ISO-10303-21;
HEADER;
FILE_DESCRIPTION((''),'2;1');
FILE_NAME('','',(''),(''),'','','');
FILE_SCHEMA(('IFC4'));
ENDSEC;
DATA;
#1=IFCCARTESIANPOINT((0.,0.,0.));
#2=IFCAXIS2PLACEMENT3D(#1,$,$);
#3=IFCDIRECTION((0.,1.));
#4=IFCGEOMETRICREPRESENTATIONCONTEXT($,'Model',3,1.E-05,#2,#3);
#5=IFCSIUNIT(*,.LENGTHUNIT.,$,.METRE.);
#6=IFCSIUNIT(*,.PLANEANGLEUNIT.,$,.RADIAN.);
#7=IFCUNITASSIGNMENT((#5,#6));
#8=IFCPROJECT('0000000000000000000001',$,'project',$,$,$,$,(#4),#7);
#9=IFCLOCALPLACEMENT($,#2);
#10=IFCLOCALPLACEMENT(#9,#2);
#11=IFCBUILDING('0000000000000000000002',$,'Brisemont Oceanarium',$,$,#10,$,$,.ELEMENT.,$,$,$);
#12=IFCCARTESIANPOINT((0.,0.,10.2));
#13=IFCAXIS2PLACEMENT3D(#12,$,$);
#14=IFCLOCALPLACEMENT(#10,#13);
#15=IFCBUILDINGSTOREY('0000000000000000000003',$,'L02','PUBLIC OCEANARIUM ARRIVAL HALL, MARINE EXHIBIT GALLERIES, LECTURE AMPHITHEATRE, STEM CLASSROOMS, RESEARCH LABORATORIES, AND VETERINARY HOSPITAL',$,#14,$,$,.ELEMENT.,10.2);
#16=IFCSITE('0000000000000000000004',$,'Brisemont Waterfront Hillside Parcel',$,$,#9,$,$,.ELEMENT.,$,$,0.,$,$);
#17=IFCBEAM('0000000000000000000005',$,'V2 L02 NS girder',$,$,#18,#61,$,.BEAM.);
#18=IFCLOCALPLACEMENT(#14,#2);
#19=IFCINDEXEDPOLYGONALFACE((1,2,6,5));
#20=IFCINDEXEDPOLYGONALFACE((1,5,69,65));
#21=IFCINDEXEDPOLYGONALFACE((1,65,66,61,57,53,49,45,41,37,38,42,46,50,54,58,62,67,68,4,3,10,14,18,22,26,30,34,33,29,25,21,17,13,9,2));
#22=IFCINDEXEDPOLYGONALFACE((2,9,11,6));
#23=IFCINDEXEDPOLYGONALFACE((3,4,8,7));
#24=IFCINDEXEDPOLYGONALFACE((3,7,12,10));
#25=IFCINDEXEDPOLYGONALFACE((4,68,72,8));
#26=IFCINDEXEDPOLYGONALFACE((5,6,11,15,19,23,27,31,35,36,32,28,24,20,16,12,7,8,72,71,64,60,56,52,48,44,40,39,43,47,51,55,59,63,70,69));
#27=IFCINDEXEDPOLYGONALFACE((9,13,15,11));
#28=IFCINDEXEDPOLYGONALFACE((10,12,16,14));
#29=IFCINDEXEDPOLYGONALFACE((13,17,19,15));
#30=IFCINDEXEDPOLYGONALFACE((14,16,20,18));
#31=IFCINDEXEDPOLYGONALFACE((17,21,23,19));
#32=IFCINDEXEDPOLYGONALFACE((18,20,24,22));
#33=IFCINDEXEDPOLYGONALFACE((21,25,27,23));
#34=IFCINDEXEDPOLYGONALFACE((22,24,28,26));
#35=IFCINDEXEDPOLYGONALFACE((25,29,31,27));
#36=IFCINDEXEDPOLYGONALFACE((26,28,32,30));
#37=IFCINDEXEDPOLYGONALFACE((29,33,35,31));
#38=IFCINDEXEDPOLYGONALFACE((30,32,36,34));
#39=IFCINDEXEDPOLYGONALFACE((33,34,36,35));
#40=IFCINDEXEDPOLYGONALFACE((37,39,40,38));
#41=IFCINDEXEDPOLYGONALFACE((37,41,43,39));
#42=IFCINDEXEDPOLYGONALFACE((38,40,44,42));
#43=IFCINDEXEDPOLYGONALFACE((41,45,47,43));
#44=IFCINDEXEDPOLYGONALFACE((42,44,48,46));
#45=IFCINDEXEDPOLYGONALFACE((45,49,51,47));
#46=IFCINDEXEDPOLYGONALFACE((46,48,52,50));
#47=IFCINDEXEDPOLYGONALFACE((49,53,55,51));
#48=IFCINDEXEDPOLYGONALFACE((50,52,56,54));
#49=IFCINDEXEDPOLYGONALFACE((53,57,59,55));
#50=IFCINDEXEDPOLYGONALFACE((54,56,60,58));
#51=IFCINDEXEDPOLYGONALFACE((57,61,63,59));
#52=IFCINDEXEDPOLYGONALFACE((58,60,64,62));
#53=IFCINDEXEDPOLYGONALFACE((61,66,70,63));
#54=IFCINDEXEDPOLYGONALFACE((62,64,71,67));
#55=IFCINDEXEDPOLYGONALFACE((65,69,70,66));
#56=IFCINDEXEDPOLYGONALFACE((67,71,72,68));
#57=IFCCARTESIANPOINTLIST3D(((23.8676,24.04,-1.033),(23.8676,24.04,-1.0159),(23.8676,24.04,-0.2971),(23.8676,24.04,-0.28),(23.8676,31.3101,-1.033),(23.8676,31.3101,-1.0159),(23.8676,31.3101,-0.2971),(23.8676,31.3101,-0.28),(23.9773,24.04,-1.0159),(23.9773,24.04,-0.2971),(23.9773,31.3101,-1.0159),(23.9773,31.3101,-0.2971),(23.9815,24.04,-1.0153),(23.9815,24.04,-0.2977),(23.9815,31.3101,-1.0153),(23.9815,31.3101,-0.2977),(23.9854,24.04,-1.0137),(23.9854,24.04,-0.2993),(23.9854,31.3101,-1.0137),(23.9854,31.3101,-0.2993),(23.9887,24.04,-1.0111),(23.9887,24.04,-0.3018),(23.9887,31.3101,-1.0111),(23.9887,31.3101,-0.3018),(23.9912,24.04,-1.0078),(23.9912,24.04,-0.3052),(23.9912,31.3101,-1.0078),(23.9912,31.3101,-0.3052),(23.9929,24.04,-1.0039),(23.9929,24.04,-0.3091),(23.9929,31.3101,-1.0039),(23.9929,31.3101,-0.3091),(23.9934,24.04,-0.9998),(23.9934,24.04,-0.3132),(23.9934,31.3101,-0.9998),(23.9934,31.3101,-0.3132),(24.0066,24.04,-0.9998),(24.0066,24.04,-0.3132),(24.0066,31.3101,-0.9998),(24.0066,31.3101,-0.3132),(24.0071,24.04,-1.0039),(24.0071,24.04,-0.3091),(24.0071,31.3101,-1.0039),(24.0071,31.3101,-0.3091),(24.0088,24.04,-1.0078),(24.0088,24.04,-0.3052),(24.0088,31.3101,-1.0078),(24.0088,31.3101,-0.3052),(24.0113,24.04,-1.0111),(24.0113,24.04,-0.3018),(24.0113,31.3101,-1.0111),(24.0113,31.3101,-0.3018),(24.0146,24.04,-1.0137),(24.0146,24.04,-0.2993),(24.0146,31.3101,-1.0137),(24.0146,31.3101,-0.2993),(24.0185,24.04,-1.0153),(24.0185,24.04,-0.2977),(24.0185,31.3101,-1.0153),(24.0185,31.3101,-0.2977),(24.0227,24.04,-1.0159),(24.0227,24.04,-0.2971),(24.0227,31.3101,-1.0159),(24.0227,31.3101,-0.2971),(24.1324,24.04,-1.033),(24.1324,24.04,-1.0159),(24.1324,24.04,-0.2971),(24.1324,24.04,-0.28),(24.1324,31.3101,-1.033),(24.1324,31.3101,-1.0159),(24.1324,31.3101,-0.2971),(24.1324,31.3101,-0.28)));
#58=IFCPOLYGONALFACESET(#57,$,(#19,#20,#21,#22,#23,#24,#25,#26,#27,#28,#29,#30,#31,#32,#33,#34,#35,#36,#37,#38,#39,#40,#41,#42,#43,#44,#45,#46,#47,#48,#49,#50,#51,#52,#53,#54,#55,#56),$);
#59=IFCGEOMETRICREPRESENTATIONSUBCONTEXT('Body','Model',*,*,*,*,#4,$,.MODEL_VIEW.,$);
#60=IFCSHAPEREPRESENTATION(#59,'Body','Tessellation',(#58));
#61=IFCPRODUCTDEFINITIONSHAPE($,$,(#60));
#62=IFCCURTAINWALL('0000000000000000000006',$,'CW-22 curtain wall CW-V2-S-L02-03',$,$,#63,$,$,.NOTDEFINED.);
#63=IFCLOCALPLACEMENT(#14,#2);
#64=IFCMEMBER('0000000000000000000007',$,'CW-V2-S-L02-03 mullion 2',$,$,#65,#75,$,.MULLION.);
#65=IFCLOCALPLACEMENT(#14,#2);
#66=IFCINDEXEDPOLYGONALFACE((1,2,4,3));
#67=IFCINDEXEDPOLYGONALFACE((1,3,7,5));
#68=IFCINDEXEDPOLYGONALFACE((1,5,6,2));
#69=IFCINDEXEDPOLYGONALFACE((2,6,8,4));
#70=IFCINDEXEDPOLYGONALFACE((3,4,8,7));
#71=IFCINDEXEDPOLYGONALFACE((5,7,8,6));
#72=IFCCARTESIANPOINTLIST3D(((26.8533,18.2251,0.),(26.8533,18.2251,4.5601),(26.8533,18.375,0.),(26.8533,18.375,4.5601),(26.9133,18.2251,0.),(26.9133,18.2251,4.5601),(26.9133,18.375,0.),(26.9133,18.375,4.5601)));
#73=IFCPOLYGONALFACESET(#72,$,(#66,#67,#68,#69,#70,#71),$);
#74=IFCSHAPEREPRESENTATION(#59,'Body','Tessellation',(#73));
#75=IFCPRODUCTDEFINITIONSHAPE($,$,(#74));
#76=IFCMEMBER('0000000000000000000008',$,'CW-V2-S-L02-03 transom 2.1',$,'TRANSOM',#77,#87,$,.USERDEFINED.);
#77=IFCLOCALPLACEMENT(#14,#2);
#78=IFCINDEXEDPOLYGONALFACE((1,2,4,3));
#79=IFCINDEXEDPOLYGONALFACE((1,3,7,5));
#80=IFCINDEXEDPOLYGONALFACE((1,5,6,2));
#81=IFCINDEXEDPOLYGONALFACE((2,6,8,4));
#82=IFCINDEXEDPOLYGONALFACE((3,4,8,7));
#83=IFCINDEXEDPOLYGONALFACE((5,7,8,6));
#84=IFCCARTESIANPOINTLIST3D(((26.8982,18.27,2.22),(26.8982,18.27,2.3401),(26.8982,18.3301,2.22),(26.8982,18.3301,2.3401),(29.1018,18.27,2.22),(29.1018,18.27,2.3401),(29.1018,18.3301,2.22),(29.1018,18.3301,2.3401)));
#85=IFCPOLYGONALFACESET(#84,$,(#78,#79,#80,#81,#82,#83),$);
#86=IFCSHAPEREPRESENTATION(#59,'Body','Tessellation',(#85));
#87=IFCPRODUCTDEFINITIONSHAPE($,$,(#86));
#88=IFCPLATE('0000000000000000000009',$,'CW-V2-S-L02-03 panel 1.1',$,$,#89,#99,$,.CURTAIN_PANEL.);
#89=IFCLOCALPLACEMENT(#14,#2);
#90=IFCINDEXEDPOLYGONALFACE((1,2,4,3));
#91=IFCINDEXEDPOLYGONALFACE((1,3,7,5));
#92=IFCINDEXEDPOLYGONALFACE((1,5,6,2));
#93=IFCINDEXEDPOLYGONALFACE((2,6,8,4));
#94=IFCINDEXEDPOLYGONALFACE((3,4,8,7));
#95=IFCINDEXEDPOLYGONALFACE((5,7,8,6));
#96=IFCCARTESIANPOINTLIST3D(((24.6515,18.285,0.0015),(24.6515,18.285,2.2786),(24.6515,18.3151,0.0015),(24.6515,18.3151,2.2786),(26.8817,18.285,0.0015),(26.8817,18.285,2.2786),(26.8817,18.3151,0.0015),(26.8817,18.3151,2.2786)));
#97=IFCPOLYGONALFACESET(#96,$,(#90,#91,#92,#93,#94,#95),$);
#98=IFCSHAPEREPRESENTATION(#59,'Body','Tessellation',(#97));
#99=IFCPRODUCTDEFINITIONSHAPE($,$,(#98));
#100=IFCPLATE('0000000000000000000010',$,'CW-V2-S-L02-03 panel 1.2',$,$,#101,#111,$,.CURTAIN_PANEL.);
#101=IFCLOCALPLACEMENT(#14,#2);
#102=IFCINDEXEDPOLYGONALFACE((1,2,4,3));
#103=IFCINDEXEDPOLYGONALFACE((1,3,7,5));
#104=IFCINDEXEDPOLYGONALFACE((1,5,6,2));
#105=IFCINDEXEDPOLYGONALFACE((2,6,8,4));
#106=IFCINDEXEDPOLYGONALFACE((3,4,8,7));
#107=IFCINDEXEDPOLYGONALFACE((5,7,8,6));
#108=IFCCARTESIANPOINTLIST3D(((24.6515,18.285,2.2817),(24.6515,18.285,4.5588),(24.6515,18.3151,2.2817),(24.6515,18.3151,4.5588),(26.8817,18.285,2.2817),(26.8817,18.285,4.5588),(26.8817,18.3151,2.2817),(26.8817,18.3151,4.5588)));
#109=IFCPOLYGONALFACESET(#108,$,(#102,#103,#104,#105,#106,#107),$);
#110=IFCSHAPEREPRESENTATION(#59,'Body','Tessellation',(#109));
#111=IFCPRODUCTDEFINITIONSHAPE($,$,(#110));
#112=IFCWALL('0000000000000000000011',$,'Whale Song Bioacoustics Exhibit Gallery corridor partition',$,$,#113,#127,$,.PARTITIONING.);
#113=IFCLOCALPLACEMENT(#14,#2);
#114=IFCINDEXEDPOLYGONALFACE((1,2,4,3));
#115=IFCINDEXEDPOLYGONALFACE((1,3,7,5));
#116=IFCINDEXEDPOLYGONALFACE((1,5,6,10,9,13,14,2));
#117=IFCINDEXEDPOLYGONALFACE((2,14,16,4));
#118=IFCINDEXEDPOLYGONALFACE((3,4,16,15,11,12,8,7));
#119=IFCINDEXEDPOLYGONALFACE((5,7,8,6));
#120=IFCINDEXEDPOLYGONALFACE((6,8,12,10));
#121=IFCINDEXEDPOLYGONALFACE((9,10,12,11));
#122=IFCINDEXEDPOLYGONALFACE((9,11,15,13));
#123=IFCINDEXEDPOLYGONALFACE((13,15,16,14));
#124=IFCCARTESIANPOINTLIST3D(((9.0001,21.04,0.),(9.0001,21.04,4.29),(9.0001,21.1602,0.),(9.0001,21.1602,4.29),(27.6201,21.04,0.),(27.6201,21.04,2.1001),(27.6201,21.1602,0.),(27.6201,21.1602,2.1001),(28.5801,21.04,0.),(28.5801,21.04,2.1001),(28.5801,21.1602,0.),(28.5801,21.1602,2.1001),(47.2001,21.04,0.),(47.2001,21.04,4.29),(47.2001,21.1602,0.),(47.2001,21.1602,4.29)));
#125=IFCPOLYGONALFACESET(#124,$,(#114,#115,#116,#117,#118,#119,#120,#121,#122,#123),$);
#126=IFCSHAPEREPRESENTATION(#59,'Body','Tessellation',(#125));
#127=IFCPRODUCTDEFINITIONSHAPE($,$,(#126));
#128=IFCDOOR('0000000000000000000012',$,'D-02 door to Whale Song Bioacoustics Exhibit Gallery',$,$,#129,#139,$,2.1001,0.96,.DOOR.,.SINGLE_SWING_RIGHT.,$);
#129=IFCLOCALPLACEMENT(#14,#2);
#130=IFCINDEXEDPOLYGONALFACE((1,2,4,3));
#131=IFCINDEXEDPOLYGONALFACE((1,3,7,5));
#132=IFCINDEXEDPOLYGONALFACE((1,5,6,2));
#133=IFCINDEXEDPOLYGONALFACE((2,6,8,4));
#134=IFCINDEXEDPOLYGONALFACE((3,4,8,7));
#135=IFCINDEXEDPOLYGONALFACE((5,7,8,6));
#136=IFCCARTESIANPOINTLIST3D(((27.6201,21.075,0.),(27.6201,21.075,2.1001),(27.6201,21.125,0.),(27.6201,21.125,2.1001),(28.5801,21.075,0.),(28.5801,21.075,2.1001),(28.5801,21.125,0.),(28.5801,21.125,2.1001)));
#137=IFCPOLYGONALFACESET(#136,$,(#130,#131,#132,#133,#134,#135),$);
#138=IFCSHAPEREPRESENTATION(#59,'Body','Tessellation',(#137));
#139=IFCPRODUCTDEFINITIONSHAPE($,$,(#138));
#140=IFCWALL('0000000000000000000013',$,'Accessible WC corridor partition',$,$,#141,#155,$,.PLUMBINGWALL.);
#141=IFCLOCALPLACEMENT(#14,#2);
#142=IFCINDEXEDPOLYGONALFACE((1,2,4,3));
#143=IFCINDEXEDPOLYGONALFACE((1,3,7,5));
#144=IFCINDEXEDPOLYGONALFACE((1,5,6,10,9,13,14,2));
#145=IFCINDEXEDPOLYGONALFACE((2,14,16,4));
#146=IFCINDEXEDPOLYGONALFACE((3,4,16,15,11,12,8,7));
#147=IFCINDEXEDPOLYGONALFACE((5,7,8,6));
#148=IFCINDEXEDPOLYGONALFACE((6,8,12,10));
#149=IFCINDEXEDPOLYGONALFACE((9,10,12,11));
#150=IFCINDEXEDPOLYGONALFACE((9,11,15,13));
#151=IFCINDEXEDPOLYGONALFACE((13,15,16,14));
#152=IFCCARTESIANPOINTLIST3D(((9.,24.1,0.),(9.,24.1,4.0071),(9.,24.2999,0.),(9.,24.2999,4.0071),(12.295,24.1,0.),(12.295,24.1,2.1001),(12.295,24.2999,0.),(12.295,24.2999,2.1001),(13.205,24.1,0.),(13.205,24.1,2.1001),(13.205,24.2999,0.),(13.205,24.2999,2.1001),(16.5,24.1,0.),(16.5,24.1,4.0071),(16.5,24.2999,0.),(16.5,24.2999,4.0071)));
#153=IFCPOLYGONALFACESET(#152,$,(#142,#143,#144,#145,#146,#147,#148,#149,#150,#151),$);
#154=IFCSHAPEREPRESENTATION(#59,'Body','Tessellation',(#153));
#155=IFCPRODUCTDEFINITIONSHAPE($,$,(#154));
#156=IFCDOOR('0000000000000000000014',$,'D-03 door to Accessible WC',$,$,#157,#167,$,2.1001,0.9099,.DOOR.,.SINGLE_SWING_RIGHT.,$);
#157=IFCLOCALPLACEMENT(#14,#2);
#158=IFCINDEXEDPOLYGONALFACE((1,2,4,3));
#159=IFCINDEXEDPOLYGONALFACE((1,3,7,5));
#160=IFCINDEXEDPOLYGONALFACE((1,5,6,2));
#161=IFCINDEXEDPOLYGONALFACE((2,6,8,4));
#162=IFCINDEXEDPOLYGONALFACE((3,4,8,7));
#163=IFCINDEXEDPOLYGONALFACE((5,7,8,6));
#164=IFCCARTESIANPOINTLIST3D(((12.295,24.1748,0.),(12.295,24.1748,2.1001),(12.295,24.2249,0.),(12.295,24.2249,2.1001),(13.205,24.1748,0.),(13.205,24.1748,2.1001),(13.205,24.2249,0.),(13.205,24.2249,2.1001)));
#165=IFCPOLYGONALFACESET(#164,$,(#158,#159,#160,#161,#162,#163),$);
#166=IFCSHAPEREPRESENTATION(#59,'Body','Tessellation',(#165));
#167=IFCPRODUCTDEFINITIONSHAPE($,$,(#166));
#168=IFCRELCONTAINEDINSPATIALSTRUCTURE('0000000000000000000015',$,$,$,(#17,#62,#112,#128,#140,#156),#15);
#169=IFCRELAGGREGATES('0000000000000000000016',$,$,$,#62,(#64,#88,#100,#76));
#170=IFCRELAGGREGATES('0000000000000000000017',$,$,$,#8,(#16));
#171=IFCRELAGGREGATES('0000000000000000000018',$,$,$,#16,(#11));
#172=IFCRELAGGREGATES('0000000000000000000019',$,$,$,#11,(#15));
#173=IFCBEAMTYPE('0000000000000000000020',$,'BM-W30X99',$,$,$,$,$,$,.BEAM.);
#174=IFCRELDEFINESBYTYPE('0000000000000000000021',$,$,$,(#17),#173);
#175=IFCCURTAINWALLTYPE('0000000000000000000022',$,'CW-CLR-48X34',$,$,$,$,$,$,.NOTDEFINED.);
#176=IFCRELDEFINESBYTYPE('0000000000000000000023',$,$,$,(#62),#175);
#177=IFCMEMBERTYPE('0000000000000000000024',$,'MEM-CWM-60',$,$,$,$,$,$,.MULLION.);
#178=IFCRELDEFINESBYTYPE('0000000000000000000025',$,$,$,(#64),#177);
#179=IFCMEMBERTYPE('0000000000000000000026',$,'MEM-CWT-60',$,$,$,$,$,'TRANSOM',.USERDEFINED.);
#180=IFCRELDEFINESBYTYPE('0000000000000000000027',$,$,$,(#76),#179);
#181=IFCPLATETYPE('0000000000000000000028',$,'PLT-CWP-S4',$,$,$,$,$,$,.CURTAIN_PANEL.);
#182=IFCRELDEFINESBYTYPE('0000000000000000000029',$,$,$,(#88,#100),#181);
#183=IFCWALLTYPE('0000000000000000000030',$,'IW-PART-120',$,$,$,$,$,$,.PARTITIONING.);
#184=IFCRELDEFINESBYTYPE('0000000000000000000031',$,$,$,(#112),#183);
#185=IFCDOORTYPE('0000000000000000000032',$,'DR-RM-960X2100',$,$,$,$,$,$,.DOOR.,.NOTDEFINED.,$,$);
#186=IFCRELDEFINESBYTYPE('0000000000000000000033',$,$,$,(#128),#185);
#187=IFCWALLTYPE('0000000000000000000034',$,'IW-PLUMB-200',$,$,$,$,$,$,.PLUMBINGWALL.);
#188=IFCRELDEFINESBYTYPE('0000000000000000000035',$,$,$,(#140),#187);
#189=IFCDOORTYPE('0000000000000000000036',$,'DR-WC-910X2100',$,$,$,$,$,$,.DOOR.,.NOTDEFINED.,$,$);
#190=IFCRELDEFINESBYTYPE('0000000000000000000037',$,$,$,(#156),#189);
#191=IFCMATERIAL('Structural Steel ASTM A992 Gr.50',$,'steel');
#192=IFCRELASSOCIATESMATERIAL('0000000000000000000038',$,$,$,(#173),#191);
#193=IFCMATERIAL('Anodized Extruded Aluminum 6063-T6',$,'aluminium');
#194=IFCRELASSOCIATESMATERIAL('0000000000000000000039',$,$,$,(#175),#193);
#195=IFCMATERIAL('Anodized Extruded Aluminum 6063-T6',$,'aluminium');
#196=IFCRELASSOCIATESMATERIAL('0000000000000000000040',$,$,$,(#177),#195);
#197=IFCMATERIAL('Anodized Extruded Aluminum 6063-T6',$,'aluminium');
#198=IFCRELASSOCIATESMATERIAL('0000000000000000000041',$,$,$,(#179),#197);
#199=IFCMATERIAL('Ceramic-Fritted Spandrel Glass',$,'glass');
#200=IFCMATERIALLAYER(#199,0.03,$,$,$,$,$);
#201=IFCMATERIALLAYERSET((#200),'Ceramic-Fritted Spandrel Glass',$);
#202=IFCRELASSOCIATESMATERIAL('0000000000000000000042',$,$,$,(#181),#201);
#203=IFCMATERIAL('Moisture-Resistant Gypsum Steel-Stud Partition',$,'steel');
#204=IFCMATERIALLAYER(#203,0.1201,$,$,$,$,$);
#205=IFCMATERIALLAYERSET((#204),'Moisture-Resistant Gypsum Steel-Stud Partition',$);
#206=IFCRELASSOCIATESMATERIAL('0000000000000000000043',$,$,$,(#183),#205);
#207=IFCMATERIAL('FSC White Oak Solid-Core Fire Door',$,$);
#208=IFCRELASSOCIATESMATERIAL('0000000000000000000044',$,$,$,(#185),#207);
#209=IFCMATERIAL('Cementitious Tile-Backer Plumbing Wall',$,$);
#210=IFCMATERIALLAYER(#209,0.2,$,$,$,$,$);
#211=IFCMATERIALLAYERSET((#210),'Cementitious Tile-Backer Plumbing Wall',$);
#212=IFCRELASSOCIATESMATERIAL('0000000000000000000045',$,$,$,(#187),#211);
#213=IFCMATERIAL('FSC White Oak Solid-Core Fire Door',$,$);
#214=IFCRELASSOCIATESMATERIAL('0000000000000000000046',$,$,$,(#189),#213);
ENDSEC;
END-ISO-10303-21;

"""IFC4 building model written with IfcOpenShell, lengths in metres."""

from ifc_helpers import new_model, si_unit, direction, frame, frame_2d, origin, origin_2d, place, context, subcontext, project, spatial, rectangle, i_section, extrude, material, layer, layer_set, material_profile, profile_set, type_object, element, fill, aggregate, save


model = new_model("IFC4")

# Units and contexts
model_context = context("Model", 3, precision=1e-05, world=origin(), true_north=direction((0.0, 1.0)))
body_context = subcontext(model_context, "Body", "Model", "MODEL_VIEW")
ifc_project = project(units=[si_unit("LENGTHUNIT", "METRE"), si_unit("PLANEANGLEUNIT", "RADIAN")], contexts=[model_context])

# Site, building, storey
site_placement = place(None, origin())
site = spatial("IfcSite", under=ifc_project, at=site_placement, Name="Brisemont Waterfront Hillside Parcel", CompositionType="ELEMENT", RefElevation=0.0)
building_placement = place(site_placement, origin())
building = spatial("IfcBuilding", under=site, at=building_placement, Name="Brisemont Oceanarium", CompositionType="ELEMENT")
storey_placement = place(building_placement, frame((0.0, 0.0, 10.2)))
storey = spatial("IfcBuildingStorey", under=building, at=storey_placement, Name="L02", Description="PUBLIC OCEANARIUM ARRIVAL HALL, MARINE EXHIBIT GALLERIES, LECTURE AMPHITHEATRE, STEM CLASSROOMS, RESEARCH LABORATORIES, AND VETERINARY HOSPITAL", CompositionType="ELEMENT", Elevation=10.2)

# Beam
ifc_material_1 = material(Name="Structural Steel ASTM A992 Gr.50", Category="steel")
ifc_material_profile_1 = material_profile(ifc_material_1, i_section(OverallWidth=0.2649, OverallDepth=0.7529, WebThickness=0.0132, FlangeThickness=0.0171, FilletRadius=0.0161, at=origin_2d()), Name="W30X99")
ifc_profile_set_1 = profile_set([ifc_material_profile_1], Name="Structural Steel ASTM A992 Gr.50")
beam_type_1 = type_object("IfcBeamType", Name="BM-W30X99", PredefinedType="BEAM", material=ifc_profile_set_1)
beam_1_placement = place(storey_placement, frame((24.0, 24.04, -0.6565), z_axis=(0.0, 1.0, 0.0), x_axis=(-1.0, 0.0, 0.0)))
element("IfcBeam", 1, at=beam_1_placement, inside=storey, type_object=beam_type_1, Name="V2 L02 NS girder", PredefinedType="BEAM", context=body_context, shape_type="SweptSolid", body=[
    extrude(i_section(OverallWidth=0.2649, OverallDepth=0.7529, WebThickness=0.0132, FlangeThickness=0.0171, FilletRadius=0.0161, at=origin_2d()), origin(), (0.0, 0.0, 1.0), 7.27),
])

# Curtain wall, members, plates
ifc_material_2 = material(Name="Anodized Extruded Aluminum 6063-T6", Category="aluminium")
curtain_wall_type = type_object("IfcCurtainWallType", Name="CW-CLR-48X34", PredefinedType="NOTDEFINED", material=ifc_material_2)
curtain_wall_placement = place(storey_placement, origin())
curtain_wall = element("IfcCurtainWall", 2, at=curtain_wall_placement, inside=storey, type_object=curtain_wall_type, Name="CW-22 curtain wall CW-V2-S-L02-03", PredefinedType="NOTDEFINED")
ifc_material_3 = material(Name="Anodized Extruded Aluminum 6063-T6", Category="aluminium")
ifc_material_profile_2 = material_profile(ifc_material_3, rectangle(XDim=0.0601, YDim=0.1499, at=origin_2d()), Name="CWM-60X150")
ifc_profile_set_2 = profile_set([ifc_material_profile_2], Name="Anodized Extruded Aluminum 6063-T6")
member_type_1 = type_object("IfcMemberType", Name="MEM-CWM-60", PredefinedType="MULLION", material=ifc_profile_set_2)
member_1_placement = place(storey_placement, frame((26.8833, 18.3, 0.0), z_axis=(0.0, 0.0, 1.0), x_axis=(1.0, 0.0, 0.0)))
member_1 = element("IfcMember", 3, at=member_1_placement, type_object=member_type_1, Name="CW-V2-S-L02-03 mullion 2", PredefinedType="MULLION", context=body_context, shape_type="SweptSolid", body=[
    extrude(rectangle(XDim=0.0601, YDim=0.1499, at=origin_2d()), origin(), (0.0, 0.0, 1.0), 4.5601),
])
ifc_material_4 = material(Name="Anodized Extruded Aluminum 6063-T6", Category="aluminium")
ifc_material_profile_3 = material_profile(ifc_material_4, rectangle(XDim=0.0601, YDim=0.1201, at=origin_2d()), Name="CWT-60X120")
ifc_profile_set_3 = profile_set([ifc_material_profile_3], Name="Anodized Extruded Aluminum 6063-T6")
member_type_2 = type_object("IfcMemberType", Name="MEM-CWT-60", ElementType="TRANSOM", PredefinedType="USERDEFINED", material=ifc_profile_set_3)
member_2_placement = place(storey_placement, frame((26.8982, 18.3, 2.28), z_axis=(1.0, 0.0, 0.0), x_axis=(0.0, 1.0, 0.0)))
member_2 = element("IfcMember", 4, at=member_2_placement, type_object=member_type_2, Name="CW-V2-S-L02-03 transom 2.1", ObjectType="TRANSOM", PredefinedType="USERDEFINED", context=body_context, shape_type="SweptSolid", body=[
    extrude(rectangle(XDim=0.0601, YDim=0.1201, at=origin_2d()), origin(), (0.0, 0.0, 1.0), 2.2036),
])
ifc_material_5 = material(Name="Ceramic-Fritted Spandrel Glass", Category="glass")
ifc_layer_1 = layer(ifc_material_5, 0.03)
ifc_layer_set_1 = layer_set([ifc_layer_1], Name="Ceramic-Fritted Spandrel Glass")
plate_type = type_object("IfcPlateType", Name="PLT-CWP-S4", PredefinedType="CURTAIN_PANEL", material=ifc_layer_set_1)
plate_1_placement = place(storey_placement, frame((25.7666, 18.3, 0.0015), z_axis=(0.0, 0.0, 1.0), x_axis=(1.0, 0.0, 0.0)))
plate_1 = element("IfcPlate", 5, at=plate_1_placement, type_object=plate_type, Name="CW-V2-S-L02-03 panel 1.1", PredefinedType="CURTAIN_PANEL", context=body_context, shape_type="SweptSolid", body=[
    extrude(rectangle(XDim=2.2302, YDim=0.03, at=origin_2d()), origin(), (0.0, 0.0, 1.0), 2.2771),
])
plate_2_placement = place(storey_placement, frame((25.7666, 18.3, 2.2817), z_axis=(0.0, 0.0, 1.0), x_axis=(1.0, 0.0, 0.0)))
plate_2 = element("IfcPlate", 6, at=plate_2_placement, type_object=plate_type, Name="CW-V2-S-L02-03 panel 1.2", PredefinedType="CURTAIN_PANEL", context=body_context, shape_type="SweptSolid", body=[
    extrude(rectangle(XDim=2.2302, YDim=0.03, at=origin_2d()), origin(), (0.0, 0.0, 1.0), 2.2771),
])
aggregate(curtain_wall, [member_1, plate_1, plate_2, member_2])

# Walls, openings, doors
ifc_material_6 = material(Name="Moisture-Resistant Gypsum Steel-Stud Partition", Category="steel")
ifc_layer_2 = layer(ifc_material_6, 0.1201)
ifc_layer_set_2 = layer_set([ifc_layer_2], Name="Moisture-Resistant Gypsum Steel-Stud Partition")
wall_type_1 = type_object("IfcWallType", Name="IW-PART-120", PredefinedType="PARTITIONING", material=ifc_layer_set_2)
wall_1_placement = place(storey_placement, frame((9.0, 21.1001, 0.0), z_axis=(0.0, 0.0, 1.0), x_axis=(1.0, 0.0, 0.0)))
wall_1 = element("IfcWall", 7, at=wall_1_placement, inside=storey, type_object=wall_type_1, Name="Whale Song Bioacoustics Exhibit Gallery corridor partition", PredefinedType="PARTITIONING", context=body_context, shape_type="SweptSolid", body=[
    extrude(rectangle(XDim=38.2, YDim=0.1201, at=frame_2d((19.1001, 0.0))), origin(), (0.0, 0.0, 1.0), 4.29),
])
opening_1_placement = place(wall_1_placement, frame((18.6201, 0.0, 0.0)))
opening_1 = element("IfcOpeningElement", 8, at=opening_1_placement, cuts=wall_1, PredefinedType="OPENING", context=body_context, shape_type="SweptSolid", body=[
    extrude(rectangle(XDim=0.96, YDim=2.1001, at=frame_2d((0.48, 1.05))), frame((0.0, 0.0701, 0.0), z_axis=(0.0, -1.0, 0.0), x_axis=(1.0, 0.0, 0.0)), (0.0, 0.0, 1.0), 0.1401),
])
ifc_material_7 = material(Name="FSC White Oak Solid-Core Fire Door")
door_type_1 = type_object("IfcDoorType", Name="DR-RM-960X2100", OperationType="NOTDEFINED", PredefinedType="DOOR", material=ifc_material_7)
door_1_placement = place(opening_1_placement, origin())
door_1 = element("IfcDoor", 9, at=door_1_placement, inside=storey, type_object=door_type_1, Name="D-02 door to Whale Song Bioacoustics Exhibit Gallery", OperationType="SINGLE_SWING_RIGHT", OverallHeight=2.1001, OverallWidth=0.96, PredefinedType="DOOR", context=body_context, shape_type="SweptSolid", body=[
    extrude(rectangle(XDim=0.96, YDim=2.1001, at=frame_2d((0.48, 1.05))), frame((0.0, 0.0249, 0.0), z_axis=(0.0, -1.0, 0.0), x_axis=(1.0, 0.0, 0.0)), (0.0, 0.0, 1.0), 0.05),
])
fill(opening_1, door_1)
ifc_material_8 = material(Name="Cementitious Tile-Backer Plumbing Wall")
ifc_layer_3 = layer(ifc_material_8, 0.2)
ifc_layer_set_3 = layer_set([ifc_layer_3], Name="Cementitious Tile-Backer Plumbing Wall")
wall_type_2 = type_object("IfcWallType", Name="IW-PLUMB-200", PredefinedType="PLUMBINGWALL", material=ifc_layer_set_3)
wall_2_placement = place(storey_placement, frame((9.0, 24.2, 0.0), z_axis=(0.0, 0.0, 1.0), x_axis=(1.0, 0.0, 0.0)))
wall_2 = element("IfcWall", 10, at=wall_2_placement, inside=storey, type_object=wall_type_2, Name="Accessible WC corridor partition", PredefinedType="PLUMBINGWALL", context=body_context, shape_type="SweptSolid", body=[
    extrude(rectangle(XDim=7.5, YDim=0.2, at=frame_2d((3.75, 0.0))), origin(), (0.0, 0.0, 1.0), 4.0071),
])
opening_2_placement = place(wall_2_placement, frame((3.2949, 0.0, 0.0)))
opening_2 = element("IfcOpeningElement", 11, at=opening_2_placement, cuts=wall_2, PredefinedType="OPENING", context=body_context, shape_type="SweptSolid", body=[
    extrude(rectangle(XDim=0.9099, YDim=2.1001, at=frame_2d((0.4551, 1.05))), frame((0.0, 0.1099, 0.0), z_axis=(0.0, -1.0, 0.0), x_axis=(1.0, 0.0, 0.0)), (0.0, 0.0, 1.0), 0.22),
])
ifc_material_9 = material(Name="FSC White Oak Solid-Core Fire Door")
door_type_2 = type_object("IfcDoorType", Name="DR-WC-910X2100", OperationType="NOTDEFINED", PredefinedType="DOOR", material=ifc_material_9)
door_2_placement = place(opening_2_placement, origin())
door_2 = element("IfcDoor", 12, at=door_2_placement, inside=storey, type_object=door_type_2, Name="D-03 door to Accessible WC", OperationType="SINGLE_SWING_RIGHT", OverallHeight=2.1001, OverallWidth=0.9099, PredefinedType="DOOR", context=body_context, shape_type="SweptSolid", body=[
    extrude(rectangle(XDim=0.9099, YDim=2.1001, at=frame_2d((0.4551, 1.05))), frame((0.0, 0.0249, 0.0), z_axis=(0.0, -1.0, 0.0), x_axis=(1.0, 0.0, 0.0)), (0.0, 0.0, 1.0), 0.05),
])
fill(opening_2, door_2)

save(model, "model.ifc")
